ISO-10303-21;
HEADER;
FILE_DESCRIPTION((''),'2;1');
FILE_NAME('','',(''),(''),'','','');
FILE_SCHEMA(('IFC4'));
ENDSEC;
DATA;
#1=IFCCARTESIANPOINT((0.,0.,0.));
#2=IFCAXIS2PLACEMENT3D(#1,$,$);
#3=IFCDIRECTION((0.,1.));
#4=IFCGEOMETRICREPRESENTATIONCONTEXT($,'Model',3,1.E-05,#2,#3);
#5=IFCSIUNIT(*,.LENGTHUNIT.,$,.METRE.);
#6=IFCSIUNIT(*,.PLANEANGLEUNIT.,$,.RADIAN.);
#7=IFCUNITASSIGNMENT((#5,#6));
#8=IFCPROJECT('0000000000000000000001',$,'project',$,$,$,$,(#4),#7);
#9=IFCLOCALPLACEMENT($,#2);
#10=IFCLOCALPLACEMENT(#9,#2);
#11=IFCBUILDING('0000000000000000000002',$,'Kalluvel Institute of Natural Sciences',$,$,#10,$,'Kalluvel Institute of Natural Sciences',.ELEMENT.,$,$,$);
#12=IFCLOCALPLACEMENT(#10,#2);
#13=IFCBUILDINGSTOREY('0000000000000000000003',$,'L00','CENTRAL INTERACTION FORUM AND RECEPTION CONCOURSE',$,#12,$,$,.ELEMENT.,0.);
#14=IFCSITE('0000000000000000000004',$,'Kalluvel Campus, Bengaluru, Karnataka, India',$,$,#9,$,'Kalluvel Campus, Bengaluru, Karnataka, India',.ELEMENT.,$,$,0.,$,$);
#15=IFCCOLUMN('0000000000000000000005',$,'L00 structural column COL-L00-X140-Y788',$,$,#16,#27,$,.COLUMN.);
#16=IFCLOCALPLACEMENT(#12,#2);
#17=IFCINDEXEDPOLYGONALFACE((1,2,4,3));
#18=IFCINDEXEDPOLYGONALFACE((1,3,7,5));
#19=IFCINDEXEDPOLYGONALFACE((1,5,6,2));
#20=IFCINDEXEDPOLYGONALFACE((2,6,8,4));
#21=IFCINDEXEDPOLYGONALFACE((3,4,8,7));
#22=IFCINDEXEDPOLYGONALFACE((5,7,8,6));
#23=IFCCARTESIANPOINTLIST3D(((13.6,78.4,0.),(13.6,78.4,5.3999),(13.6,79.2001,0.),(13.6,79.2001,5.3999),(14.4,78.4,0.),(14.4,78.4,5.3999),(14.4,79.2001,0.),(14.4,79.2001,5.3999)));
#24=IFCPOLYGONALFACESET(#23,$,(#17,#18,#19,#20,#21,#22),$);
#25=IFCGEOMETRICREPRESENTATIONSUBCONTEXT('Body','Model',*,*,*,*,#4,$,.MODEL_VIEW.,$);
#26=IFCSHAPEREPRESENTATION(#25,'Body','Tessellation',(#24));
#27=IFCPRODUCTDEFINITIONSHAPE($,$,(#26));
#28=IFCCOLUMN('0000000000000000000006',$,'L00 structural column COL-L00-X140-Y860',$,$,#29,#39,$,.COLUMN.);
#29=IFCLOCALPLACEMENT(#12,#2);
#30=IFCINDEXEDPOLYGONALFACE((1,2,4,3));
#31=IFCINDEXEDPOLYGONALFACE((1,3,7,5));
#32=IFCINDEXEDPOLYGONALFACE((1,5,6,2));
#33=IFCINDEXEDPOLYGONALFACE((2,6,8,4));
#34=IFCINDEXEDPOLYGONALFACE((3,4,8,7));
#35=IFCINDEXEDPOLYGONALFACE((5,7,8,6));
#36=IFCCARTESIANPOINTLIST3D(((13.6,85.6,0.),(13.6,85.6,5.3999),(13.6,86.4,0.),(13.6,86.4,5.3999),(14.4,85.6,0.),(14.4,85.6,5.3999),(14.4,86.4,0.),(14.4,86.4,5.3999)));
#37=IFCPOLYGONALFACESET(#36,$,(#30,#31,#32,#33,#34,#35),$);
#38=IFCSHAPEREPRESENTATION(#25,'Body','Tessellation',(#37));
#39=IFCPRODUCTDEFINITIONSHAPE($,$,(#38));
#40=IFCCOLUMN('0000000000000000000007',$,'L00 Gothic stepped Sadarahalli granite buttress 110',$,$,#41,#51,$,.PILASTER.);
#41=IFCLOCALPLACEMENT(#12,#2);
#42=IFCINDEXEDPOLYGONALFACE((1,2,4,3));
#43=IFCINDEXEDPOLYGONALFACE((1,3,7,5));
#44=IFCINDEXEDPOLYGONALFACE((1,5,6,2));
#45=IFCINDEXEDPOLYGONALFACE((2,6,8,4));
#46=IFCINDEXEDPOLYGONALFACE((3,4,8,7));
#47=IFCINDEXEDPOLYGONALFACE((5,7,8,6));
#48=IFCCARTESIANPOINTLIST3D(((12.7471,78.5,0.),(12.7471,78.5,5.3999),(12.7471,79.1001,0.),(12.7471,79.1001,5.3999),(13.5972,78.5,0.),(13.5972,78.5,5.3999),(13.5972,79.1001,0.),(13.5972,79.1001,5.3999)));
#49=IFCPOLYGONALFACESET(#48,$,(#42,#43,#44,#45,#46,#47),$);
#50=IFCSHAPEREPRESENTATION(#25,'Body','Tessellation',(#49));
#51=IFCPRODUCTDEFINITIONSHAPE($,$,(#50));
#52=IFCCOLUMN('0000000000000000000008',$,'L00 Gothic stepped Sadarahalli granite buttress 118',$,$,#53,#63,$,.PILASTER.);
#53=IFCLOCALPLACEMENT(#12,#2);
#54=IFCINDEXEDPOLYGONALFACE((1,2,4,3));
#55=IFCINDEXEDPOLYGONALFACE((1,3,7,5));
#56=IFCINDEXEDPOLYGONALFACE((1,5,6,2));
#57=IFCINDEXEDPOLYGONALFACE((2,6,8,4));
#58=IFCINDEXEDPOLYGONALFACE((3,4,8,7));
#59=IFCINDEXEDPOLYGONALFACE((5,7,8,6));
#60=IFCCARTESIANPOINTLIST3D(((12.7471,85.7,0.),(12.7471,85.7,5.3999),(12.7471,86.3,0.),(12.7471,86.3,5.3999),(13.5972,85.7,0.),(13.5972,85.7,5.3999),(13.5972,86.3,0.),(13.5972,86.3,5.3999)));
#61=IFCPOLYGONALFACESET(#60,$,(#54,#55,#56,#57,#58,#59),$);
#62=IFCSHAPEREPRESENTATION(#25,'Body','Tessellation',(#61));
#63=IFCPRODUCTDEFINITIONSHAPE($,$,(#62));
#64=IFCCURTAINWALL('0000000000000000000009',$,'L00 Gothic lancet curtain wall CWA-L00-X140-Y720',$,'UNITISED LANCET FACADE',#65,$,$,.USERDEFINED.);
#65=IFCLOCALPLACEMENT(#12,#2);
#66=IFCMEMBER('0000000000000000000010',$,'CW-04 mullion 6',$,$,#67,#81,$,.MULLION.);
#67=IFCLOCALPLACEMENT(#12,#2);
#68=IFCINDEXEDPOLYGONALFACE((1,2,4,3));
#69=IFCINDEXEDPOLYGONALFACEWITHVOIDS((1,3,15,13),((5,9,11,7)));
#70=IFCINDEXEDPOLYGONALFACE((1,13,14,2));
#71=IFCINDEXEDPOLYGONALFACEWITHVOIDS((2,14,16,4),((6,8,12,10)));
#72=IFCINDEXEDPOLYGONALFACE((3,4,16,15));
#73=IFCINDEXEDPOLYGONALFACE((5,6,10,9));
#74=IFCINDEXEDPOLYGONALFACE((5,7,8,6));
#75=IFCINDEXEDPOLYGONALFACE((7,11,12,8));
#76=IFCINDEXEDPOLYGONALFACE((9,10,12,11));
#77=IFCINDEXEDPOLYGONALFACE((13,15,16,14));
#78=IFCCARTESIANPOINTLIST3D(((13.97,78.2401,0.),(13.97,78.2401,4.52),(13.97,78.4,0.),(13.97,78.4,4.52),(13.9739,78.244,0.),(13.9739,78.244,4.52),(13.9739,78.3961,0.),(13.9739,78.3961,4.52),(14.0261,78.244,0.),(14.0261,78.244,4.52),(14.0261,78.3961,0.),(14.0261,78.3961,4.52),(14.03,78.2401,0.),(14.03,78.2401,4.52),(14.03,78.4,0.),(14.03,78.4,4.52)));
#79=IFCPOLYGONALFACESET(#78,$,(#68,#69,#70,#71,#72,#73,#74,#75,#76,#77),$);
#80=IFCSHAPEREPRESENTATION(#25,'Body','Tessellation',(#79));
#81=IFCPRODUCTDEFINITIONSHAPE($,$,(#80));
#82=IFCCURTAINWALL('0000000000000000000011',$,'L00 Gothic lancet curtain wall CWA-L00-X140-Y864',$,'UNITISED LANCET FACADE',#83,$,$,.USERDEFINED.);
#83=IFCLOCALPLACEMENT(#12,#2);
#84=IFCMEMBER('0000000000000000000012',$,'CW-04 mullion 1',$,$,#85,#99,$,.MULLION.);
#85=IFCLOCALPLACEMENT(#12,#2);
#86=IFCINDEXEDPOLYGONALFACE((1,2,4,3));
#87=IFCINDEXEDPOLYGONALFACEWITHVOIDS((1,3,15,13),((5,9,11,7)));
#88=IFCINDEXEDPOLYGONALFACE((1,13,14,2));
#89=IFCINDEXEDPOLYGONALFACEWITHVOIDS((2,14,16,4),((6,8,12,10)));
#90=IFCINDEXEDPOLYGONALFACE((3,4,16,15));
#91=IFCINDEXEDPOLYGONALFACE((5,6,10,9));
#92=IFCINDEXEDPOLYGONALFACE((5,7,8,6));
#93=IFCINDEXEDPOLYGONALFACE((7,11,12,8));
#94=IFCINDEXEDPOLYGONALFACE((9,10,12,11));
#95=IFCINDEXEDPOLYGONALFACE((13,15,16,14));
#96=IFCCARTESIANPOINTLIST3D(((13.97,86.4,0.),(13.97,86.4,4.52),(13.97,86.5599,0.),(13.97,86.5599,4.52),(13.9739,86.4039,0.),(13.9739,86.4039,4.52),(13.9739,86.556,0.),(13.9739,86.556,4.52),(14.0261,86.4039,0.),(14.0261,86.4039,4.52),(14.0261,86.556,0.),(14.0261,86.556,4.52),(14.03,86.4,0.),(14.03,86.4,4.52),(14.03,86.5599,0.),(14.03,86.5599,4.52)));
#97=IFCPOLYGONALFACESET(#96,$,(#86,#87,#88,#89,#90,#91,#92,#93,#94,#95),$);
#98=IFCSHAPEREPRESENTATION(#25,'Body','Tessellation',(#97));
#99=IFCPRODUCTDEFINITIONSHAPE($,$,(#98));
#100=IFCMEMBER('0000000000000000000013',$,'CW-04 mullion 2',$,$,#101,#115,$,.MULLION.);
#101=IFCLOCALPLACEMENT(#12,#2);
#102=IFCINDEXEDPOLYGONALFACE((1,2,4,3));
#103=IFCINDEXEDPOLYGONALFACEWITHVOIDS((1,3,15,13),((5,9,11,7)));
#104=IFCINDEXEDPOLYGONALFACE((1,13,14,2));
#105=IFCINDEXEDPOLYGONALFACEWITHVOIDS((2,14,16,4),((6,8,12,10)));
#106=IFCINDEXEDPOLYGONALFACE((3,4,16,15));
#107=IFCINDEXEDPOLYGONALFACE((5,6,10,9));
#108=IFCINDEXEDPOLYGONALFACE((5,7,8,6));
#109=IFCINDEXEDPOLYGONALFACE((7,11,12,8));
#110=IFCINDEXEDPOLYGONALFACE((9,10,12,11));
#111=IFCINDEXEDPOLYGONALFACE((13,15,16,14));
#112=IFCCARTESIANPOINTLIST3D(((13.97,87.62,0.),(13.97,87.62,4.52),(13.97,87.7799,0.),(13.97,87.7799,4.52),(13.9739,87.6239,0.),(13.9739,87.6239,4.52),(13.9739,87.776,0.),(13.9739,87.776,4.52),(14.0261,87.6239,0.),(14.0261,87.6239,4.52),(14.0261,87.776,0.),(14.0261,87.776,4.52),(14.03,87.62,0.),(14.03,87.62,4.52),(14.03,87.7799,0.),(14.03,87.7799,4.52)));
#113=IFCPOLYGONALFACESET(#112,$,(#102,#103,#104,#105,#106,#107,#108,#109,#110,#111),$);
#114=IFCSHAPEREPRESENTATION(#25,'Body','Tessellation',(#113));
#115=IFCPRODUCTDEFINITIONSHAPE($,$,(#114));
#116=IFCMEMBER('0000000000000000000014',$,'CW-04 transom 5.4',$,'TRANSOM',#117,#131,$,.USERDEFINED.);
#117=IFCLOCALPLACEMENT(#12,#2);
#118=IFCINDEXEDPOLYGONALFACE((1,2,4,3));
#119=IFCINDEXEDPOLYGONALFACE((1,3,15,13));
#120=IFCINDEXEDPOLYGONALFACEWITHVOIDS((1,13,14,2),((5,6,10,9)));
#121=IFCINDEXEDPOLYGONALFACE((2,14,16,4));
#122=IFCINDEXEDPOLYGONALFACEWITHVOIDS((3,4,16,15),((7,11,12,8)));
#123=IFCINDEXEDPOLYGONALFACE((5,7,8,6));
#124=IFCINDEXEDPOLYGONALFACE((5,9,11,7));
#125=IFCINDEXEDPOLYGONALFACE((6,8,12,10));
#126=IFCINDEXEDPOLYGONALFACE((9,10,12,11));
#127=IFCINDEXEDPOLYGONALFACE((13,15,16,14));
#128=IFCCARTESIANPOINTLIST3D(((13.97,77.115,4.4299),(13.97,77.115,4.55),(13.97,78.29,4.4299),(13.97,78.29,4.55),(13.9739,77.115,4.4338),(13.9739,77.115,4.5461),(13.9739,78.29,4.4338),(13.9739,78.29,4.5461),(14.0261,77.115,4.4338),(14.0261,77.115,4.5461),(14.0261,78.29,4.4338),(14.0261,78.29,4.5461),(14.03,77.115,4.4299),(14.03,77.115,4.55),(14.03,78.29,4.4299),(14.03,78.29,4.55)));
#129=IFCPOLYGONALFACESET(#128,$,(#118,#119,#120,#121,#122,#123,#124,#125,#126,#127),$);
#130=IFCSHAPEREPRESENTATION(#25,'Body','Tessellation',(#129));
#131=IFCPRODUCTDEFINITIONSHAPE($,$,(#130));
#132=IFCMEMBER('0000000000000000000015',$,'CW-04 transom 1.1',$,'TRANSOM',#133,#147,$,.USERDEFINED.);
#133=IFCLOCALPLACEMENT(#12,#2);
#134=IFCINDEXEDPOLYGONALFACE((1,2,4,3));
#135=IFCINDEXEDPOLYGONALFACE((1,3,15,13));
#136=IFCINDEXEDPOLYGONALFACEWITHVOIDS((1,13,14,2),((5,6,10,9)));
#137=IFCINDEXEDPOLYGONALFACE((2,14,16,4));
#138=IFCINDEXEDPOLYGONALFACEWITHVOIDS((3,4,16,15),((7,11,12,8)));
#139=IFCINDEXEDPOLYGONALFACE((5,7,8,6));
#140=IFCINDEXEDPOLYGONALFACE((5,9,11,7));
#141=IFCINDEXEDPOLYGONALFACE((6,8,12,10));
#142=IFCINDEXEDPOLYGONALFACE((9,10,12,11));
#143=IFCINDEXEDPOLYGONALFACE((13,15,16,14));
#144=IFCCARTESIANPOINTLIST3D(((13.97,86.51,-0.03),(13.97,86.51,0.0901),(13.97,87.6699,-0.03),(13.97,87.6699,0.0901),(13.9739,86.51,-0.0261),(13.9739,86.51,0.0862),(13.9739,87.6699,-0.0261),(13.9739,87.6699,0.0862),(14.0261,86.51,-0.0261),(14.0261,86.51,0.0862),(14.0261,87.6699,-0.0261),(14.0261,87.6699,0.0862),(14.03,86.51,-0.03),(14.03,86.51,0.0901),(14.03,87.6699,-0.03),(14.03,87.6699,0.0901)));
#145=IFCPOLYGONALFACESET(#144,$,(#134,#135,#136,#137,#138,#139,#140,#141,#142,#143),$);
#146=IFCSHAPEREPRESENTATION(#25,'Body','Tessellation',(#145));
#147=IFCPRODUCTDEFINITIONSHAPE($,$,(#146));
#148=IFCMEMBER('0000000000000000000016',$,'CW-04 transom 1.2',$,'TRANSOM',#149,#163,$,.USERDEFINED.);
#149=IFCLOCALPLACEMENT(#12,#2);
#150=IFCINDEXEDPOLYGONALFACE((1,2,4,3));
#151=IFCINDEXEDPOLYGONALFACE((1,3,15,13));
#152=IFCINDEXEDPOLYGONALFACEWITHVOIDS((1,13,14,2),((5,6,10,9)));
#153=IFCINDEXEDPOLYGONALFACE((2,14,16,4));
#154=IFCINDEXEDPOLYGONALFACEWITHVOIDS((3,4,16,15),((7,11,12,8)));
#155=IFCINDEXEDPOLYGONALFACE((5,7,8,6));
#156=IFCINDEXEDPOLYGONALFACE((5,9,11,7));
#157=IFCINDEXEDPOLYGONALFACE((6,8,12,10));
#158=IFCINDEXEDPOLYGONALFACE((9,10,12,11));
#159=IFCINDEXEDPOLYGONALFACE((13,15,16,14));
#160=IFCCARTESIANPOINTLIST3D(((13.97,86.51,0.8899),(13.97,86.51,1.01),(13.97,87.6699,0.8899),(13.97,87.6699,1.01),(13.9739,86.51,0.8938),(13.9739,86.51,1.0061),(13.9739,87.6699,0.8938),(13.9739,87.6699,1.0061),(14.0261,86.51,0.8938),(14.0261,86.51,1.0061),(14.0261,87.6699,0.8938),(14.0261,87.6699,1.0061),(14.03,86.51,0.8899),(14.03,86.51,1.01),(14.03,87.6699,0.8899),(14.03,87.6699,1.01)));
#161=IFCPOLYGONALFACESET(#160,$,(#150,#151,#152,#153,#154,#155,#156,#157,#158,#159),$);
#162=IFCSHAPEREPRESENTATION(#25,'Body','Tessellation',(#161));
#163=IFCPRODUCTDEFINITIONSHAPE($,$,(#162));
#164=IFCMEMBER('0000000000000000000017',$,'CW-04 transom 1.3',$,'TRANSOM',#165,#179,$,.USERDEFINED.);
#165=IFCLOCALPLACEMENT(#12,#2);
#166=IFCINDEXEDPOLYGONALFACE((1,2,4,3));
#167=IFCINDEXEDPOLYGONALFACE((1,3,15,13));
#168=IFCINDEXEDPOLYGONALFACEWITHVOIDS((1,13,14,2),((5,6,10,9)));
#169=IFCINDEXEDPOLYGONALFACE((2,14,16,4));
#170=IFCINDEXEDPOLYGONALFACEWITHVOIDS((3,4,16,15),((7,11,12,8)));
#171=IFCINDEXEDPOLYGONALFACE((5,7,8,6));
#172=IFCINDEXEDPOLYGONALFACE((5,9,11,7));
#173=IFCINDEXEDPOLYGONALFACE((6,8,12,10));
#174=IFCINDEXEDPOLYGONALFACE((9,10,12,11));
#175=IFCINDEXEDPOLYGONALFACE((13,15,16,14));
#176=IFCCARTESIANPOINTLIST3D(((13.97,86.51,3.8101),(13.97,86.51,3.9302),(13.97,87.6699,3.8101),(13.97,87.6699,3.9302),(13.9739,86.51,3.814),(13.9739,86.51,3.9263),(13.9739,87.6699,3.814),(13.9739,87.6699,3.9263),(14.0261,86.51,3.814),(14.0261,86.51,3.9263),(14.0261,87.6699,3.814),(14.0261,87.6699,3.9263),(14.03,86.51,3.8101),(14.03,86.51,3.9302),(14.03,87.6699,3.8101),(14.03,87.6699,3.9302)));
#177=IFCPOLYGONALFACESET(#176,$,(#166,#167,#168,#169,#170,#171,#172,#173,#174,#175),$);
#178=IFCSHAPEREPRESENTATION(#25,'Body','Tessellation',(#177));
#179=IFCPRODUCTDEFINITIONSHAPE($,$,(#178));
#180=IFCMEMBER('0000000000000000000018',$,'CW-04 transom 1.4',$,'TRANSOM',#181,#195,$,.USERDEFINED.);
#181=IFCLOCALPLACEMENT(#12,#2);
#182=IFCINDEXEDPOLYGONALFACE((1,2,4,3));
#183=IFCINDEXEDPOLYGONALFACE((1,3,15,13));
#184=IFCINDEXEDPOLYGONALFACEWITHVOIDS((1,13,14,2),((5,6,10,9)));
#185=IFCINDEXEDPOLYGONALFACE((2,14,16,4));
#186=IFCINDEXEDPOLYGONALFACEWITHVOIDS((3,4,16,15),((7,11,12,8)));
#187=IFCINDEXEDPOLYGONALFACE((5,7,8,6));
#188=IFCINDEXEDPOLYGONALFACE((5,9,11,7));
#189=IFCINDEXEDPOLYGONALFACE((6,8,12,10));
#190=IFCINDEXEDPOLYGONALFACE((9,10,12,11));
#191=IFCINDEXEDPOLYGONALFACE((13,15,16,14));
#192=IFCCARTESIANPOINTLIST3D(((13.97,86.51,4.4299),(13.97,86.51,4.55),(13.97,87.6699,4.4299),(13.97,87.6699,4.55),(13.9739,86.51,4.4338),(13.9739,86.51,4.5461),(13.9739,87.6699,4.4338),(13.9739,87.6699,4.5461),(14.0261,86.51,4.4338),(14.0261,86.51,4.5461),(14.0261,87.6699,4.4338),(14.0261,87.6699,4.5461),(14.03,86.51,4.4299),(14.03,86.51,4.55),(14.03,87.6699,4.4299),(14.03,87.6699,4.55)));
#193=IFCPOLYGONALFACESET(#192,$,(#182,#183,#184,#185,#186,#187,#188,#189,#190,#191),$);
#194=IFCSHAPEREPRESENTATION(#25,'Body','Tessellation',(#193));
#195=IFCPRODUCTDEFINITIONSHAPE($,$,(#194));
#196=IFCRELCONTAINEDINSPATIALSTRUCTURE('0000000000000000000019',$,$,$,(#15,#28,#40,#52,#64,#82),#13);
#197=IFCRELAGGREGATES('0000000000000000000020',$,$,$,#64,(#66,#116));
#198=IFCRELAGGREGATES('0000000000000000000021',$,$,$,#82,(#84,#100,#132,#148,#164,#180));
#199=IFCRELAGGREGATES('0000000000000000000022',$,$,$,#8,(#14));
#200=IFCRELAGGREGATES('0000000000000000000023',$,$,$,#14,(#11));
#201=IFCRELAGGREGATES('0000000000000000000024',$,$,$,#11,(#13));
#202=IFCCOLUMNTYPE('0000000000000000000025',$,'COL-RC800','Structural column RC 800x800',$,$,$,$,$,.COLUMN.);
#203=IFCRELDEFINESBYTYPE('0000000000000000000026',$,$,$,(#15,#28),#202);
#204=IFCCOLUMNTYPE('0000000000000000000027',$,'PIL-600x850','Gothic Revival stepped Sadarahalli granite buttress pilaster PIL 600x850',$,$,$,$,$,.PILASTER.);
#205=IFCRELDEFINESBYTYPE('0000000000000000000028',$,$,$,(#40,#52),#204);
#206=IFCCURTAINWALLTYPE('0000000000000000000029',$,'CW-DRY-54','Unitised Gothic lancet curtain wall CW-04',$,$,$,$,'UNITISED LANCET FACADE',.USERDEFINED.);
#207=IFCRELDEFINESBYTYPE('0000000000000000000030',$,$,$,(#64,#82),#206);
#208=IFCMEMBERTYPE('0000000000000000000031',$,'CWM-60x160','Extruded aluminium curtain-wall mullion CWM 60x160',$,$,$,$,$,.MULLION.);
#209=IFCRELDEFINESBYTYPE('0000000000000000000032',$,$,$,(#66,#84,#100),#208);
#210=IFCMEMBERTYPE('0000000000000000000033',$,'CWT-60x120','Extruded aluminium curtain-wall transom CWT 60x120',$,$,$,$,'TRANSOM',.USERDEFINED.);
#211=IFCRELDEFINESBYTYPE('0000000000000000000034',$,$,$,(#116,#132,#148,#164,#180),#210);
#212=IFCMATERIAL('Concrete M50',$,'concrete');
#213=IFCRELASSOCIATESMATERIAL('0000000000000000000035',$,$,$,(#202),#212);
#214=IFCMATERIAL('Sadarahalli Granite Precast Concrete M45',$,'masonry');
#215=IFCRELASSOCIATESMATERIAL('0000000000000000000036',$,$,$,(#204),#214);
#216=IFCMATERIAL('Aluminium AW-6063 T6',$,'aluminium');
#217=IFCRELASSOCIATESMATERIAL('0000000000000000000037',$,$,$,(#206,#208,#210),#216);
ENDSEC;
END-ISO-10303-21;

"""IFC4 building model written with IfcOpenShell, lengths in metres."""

from ifc_helpers import new_model, si_unit, direction, frame, origin, origin_2d, place, context, subcontext, project, spatial, rectangle, hollow_rectangle, extrude, material, material_profile, profile_set, type_object, element, aggregate, save


model = new_model("IFC4")

# Units and contexts
model_context = context("Model", 3, precision=1e-05, world=origin(), true_north=direction((0.0, 1.0)))
body_context = subcontext(model_context, "Body", "Model", "MODEL_VIEW")
ifc_project = project(units=[si_unit("LENGTHUNIT", "METRE"), si_unit("PLANEANGLEUNIT", "RADIAN")], contexts=[model_context])

# Site, building, storey
site_placement = place(None, origin())
site = spatial("IfcSite", under=ifc_project, at=site_placement, Name="Kalluvel Campus, Bengaluru, Karnataka, India", LongName="Kalluvel Campus, Bengaluru, Karnataka, India", CompositionType="ELEMENT", RefElevation=0.0)
building_placement = place(site_placement, origin())
building = spatial("IfcBuilding", under=site, at=building_placement, Name="Kalluvel Institute of Natural Sciences", LongName="Kalluvel Institute of Natural Sciences", CompositionType="ELEMENT")
storey_placement = place(building_placement, origin())
storey = spatial("IfcBuildingStorey", under=building, at=storey_placement, Name="L00", Description="CENTRAL INTERACTION FORUM AND RECEPTION CONCOURSE", CompositionType="ELEMENT", Elevation=0.0)

# Columns
ifc_material_1 = material(Name="Concrete M50", Category="concrete")
ifc_material_profile_1 = material_profile(ifc_material_1, rectangle(XDim=0.8, YDim=0.8, at=origin_2d()), Name="RC 800x800")
ifc_profile_set_1 = profile_set([ifc_material_profile_1], Name="Concrete M50")
column_type_1 = type_object("IfcColumnType", Name="COL-RC800", Description="Structural column RC 800x800", PredefinedType="COLUMN", material=ifc_profile_set_1)
for number, where, z_axis, x_axis, name in (
    (1, (14.0, 78.8, 0.0), (0.0, 0.0, 1.0), (1.0, 0.0, 0.0), "L00 structural column COL-L00-X140-Y788"),
    (2, (14.0, 86.0, 0.0), (0.0, 0.0, 1.0), (1.0, 0.0, 0.0), "L00 structural column COL-L00-X140-Y860"),
):
    element("IfcColumn", number, at=place(storey_placement, frame(where, z_axis=z_axis, x_axis=x_axis)), inside=storey, type_object=column_type_1, Name=name, PredefinedType="COLUMN", context=body_context, shape_type="SweptSolid", body=[
        extrude(rectangle(XDim=0.8, YDim=0.8, at=origin_2d()), origin(), (0.0, 0.0, 1.0), 5.3999),
    ])
ifc_material_2 = material(Name="Sadarahalli Granite Precast Concrete M45", Category="masonry")
ifc_material_profile_2 = material_profile(ifc_material_2, rectangle(XDim=0.6001, YDim=0.8501, at=origin_2d()), Name="PIL 600x850")
ifc_profile_set_2 = profile_set([ifc_material_profile_2], Name="Sadarahalli Granite Precast Concrete M45")
column_type_2 = type_object("IfcColumnType", Name="PIL-600x850", Description="Gothic Revival stepped Sadarahalli granite buttress pilaster PIL 600x850", PredefinedType="PILASTER", material=ifc_profile_set_2)
for number, where, z_axis, x_axis, name in (
    (3, (13.1721, 78.8, 0.0), (0.0, 0.0, 1.0), (0.0, 1.0, 0.0), "L00 Gothic stepped Sadarahalli granite buttress 110"),
    (4, (13.1721, 86.0, 0.0), (0.0, 0.0, 1.0), (0.0, 1.0, 0.0), "L00 Gothic stepped Sadarahalli granite buttress 118"),
):
    element("IfcColumn", number, at=place(storey_placement, frame(where, z_axis=z_axis, x_axis=x_axis)), inside=storey, type_object=column_type_2, Name=name, PredefinedType="PILASTER", context=body_context, shape_type="SweptSolid", body=[
        extrude(rectangle(XDim=0.6001, YDim=0.8501, at=origin_2d()), origin(), (0.0, 0.0, 1.0), 5.3999),
    ])

# Curtain wall, member
ifc_material_3 = material(Name="Aluminium AW-6063 T6", Category="aluminium")
curtain_wall_type = type_object("IfcCurtainWallType", Name="CW-DRY-54", Description="Unitised Gothic lancet curtain wall CW-04", ElementType="UNITISED LANCET FACADE", PredefinedType="USERDEFINED", material=ifc_material_3)
curtain_wall_1_placement = place(storey_placement, origin())
curtain_wall_1 = element("IfcCurtainWall", 5, at=curtain_wall_1_placement, inside=storey, type_object=curtain_wall_type, Name="L00 Gothic lancet curtain wall CWA-L00-X140-Y720", ObjectType="UNITISED LANCET FACADE", PredefinedType="USERDEFINED")
ifc_material_profile_3 = material_profile(ifc_material_3, hollow_rectangle(XDim=0.0601, YDim=0.1599, WallThickness=0.0039, at=origin_2d()), Name="CWM 60x160")
ifc_profile_set_3 = profile_set([ifc_material_profile_3], Name="Aluminium AW-6063 T6")
member_type_1 = type_object("IfcMemberType", Name="CWM-60x160", Description="Extruded aluminium curtain-wall mullion CWM 60x160", PredefinedType="MULLION", material=ifc_profile_set_3)
member_1_placement = place(storey_placement, frame((14.0, 78.3201, 0.0), z_axis=(0.0, 0.0, 1.0), x_axis=(-1.0, 0.0, 0.0)))
member_1 = element("IfcMember", 6, at=member_1_placement, type_object=member_type_1, Name="CW-04 mullion 6", PredefinedType="MULLION", context=body_context, shape_type="SweptSolid", body=[
    extrude(hollow_rectangle(XDim=0.0601, YDim=0.1599, WallThickness=0.0039, at=origin_2d()), origin(), (0.0, 0.0, 1.0), 4.52),
])

# Curtain wall, members
curtain_wall_2_placement = place(storey_placement, origin())
curtain_wall_2 = element("IfcCurtainWall", 7, at=curtain_wall_2_placement, inside=storey, type_object=curtain_wall_type, Name="L00 Gothic lancet curtain wall CWA-L00-X140-Y864", ObjectType="UNITISED LANCET FACADE", PredefinedType="USERDEFINED")
member_2_placement = place(storey_placement, frame((14.0, 86.48, 0.0), z_axis=(0.0, 0.0, 1.0), x_axis=(-1.0, 0.0, 0.0)))
member_2 = element("IfcMember", 8, at=member_2_placement, type_object=member_type_1, Name="CW-04 mullion 1", PredefinedType="MULLION", context=body_context, shape_type="SweptSolid", body=[
    extrude(hollow_rectangle(XDim=0.0601, YDim=0.1599, WallThickness=0.0039, at=origin_2d()), origin(), (0.0, 0.0, 1.0), 4.52),
])
member_3_placement = place(storey_placement, frame((14.0, 87.7, 0.0), z_axis=(0.0, 0.0, 1.0), x_axis=(-1.0, 0.0, 0.0)))
member_3 = element("IfcMember", 9, at=member_3_placement, type_object=member_type_1, Name="CW-04 mullion 2", PredefinedType="MULLION", context=body_context, shape_type="SweptSolid", body=[
    extrude(hollow_rectangle(XDim=0.0601, YDim=0.1599, WallThickness=0.0039, at=origin_2d()), origin(), (0.0, 0.0, 1.0), 4.52),
])

# Members
ifc_material_profile_4 = material_profile(ifc_material_3, hollow_rectangle(XDim=0.0601, YDim=0.1201, WallThickness=0.0039, at=origin_2d()), Name="CWT 60x120")
ifc_profile_set_4 = profile_set([ifc_material_profile_4], Name="Aluminium AW-6063 T6")
member_type_2 = type_object("IfcMemberType", Name="CWT-60x120", Description="Extruded aluminium curtain-wall transom CWT 60x120", ElementType="TRANSOM", PredefinedType="USERDEFINED", material=ifc_profile_set_4)
member_4_placement = place(storey_placement, frame((14.0, 77.115, 4.49), z_axis=(0.0, 1.0, 0.0), x_axis=(-1.0, 0.0, 0.0)))
member_4 = element("IfcMember", 10, at=member_4_placement, type_object=member_type_2, Name="CW-04 transom 5.4", ObjectType="TRANSOM", PredefinedType="USERDEFINED", context=body_context, shape_type="SweptSolid", body=[
    extrude(hollow_rectangle(XDim=0.0601, YDim=0.1201, WallThickness=0.0039, at=origin_2d()), origin(), (0.0, 0.0, 1.0), 1.175),
])
member_5_placement = place(storey_placement, frame((14.0, 86.51, 0.03), z_axis=(0.0, 1.0, 0.0), x_axis=(-1.0, 0.0, 0.0)))
member_5 = element("IfcMember", 11, at=member_5_placement, type_object=member_type_2, Name="CW-04 transom 1.1", ObjectType="TRANSOM", PredefinedType="USERDEFINED", context=body_context, shape_type="SweptSolid", body=[
    extrude(hollow_rectangle(XDim=0.0601, YDim=0.1201, WallThickness=0.0039, at=origin_2d()), origin(), (0.0, 0.0, 1.0), 1.1599),
])
member_6_placement = place(storey_placement, frame((14.0, 86.51, 0.95), z_axis=(0.0, 1.0, 0.0), x_axis=(-1.0, 0.0, 0.0)))
member_6 = element("IfcMember", 12, at=member_6_placement, type_object=member_type_2, Name="CW-04 transom 1.2", ObjectType="TRANSOM", PredefinedType="USERDEFINED", context=body_context, shape_type="SweptSolid", body=[
    extrude(hollow_rectangle(XDim=0.0601, YDim=0.1201, WallThickness=0.0039, at=origin_2d()), origin(), (0.0, 0.0, 1.0), 1.1599),
])
member_7_placement = place(storey_placement, frame((14.0, 86.51, 3.8701), z_axis=(0.0, 1.0, 0.0), x_axis=(-1.0, 0.0, 0.0)))
member_7 = element("IfcMember", 13, at=member_7_placement, type_object=member_type_2, Name="CW-04 transom 1.3", ObjectType="TRANSOM", PredefinedType="USERDEFINED", context=body_context, shape_type="SweptSolid", body=[
    extrude(hollow_rectangle(XDim=0.0601, YDim=0.1201, WallThickness=0.0039, at=origin_2d()), origin(), (0.0, 0.0, 1.0), 1.1599),
])
member_8_placement = place(storey_placement, frame((14.0, 86.51, 4.49), z_axis=(0.0, 1.0, 0.0), x_axis=(-1.0, 0.0, 0.0)))
member_8 = element("IfcMember", 14, at=member_8_placement, type_object=member_type_2, Name="CW-04 transom 1.4", ObjectType="TRANSOM", PredefinedType="USERDEFINED", context=body_context, shape_type="SweptSolid", body=[
    extrude(hollow_rectangle(XDim=0.0601, YDim=0.1201, WallThickness=0.0039, at=origin_2d()), origin(), (0.0, 0.0, 1.0), 1.1599),
])

aggregate(curtain_wall_1, [member_1, member_4])
aggregate(curtain_wall_2, [member_2, member_3, member_5, member_6, member_7, member_8])

save(model, "model.ifc")
